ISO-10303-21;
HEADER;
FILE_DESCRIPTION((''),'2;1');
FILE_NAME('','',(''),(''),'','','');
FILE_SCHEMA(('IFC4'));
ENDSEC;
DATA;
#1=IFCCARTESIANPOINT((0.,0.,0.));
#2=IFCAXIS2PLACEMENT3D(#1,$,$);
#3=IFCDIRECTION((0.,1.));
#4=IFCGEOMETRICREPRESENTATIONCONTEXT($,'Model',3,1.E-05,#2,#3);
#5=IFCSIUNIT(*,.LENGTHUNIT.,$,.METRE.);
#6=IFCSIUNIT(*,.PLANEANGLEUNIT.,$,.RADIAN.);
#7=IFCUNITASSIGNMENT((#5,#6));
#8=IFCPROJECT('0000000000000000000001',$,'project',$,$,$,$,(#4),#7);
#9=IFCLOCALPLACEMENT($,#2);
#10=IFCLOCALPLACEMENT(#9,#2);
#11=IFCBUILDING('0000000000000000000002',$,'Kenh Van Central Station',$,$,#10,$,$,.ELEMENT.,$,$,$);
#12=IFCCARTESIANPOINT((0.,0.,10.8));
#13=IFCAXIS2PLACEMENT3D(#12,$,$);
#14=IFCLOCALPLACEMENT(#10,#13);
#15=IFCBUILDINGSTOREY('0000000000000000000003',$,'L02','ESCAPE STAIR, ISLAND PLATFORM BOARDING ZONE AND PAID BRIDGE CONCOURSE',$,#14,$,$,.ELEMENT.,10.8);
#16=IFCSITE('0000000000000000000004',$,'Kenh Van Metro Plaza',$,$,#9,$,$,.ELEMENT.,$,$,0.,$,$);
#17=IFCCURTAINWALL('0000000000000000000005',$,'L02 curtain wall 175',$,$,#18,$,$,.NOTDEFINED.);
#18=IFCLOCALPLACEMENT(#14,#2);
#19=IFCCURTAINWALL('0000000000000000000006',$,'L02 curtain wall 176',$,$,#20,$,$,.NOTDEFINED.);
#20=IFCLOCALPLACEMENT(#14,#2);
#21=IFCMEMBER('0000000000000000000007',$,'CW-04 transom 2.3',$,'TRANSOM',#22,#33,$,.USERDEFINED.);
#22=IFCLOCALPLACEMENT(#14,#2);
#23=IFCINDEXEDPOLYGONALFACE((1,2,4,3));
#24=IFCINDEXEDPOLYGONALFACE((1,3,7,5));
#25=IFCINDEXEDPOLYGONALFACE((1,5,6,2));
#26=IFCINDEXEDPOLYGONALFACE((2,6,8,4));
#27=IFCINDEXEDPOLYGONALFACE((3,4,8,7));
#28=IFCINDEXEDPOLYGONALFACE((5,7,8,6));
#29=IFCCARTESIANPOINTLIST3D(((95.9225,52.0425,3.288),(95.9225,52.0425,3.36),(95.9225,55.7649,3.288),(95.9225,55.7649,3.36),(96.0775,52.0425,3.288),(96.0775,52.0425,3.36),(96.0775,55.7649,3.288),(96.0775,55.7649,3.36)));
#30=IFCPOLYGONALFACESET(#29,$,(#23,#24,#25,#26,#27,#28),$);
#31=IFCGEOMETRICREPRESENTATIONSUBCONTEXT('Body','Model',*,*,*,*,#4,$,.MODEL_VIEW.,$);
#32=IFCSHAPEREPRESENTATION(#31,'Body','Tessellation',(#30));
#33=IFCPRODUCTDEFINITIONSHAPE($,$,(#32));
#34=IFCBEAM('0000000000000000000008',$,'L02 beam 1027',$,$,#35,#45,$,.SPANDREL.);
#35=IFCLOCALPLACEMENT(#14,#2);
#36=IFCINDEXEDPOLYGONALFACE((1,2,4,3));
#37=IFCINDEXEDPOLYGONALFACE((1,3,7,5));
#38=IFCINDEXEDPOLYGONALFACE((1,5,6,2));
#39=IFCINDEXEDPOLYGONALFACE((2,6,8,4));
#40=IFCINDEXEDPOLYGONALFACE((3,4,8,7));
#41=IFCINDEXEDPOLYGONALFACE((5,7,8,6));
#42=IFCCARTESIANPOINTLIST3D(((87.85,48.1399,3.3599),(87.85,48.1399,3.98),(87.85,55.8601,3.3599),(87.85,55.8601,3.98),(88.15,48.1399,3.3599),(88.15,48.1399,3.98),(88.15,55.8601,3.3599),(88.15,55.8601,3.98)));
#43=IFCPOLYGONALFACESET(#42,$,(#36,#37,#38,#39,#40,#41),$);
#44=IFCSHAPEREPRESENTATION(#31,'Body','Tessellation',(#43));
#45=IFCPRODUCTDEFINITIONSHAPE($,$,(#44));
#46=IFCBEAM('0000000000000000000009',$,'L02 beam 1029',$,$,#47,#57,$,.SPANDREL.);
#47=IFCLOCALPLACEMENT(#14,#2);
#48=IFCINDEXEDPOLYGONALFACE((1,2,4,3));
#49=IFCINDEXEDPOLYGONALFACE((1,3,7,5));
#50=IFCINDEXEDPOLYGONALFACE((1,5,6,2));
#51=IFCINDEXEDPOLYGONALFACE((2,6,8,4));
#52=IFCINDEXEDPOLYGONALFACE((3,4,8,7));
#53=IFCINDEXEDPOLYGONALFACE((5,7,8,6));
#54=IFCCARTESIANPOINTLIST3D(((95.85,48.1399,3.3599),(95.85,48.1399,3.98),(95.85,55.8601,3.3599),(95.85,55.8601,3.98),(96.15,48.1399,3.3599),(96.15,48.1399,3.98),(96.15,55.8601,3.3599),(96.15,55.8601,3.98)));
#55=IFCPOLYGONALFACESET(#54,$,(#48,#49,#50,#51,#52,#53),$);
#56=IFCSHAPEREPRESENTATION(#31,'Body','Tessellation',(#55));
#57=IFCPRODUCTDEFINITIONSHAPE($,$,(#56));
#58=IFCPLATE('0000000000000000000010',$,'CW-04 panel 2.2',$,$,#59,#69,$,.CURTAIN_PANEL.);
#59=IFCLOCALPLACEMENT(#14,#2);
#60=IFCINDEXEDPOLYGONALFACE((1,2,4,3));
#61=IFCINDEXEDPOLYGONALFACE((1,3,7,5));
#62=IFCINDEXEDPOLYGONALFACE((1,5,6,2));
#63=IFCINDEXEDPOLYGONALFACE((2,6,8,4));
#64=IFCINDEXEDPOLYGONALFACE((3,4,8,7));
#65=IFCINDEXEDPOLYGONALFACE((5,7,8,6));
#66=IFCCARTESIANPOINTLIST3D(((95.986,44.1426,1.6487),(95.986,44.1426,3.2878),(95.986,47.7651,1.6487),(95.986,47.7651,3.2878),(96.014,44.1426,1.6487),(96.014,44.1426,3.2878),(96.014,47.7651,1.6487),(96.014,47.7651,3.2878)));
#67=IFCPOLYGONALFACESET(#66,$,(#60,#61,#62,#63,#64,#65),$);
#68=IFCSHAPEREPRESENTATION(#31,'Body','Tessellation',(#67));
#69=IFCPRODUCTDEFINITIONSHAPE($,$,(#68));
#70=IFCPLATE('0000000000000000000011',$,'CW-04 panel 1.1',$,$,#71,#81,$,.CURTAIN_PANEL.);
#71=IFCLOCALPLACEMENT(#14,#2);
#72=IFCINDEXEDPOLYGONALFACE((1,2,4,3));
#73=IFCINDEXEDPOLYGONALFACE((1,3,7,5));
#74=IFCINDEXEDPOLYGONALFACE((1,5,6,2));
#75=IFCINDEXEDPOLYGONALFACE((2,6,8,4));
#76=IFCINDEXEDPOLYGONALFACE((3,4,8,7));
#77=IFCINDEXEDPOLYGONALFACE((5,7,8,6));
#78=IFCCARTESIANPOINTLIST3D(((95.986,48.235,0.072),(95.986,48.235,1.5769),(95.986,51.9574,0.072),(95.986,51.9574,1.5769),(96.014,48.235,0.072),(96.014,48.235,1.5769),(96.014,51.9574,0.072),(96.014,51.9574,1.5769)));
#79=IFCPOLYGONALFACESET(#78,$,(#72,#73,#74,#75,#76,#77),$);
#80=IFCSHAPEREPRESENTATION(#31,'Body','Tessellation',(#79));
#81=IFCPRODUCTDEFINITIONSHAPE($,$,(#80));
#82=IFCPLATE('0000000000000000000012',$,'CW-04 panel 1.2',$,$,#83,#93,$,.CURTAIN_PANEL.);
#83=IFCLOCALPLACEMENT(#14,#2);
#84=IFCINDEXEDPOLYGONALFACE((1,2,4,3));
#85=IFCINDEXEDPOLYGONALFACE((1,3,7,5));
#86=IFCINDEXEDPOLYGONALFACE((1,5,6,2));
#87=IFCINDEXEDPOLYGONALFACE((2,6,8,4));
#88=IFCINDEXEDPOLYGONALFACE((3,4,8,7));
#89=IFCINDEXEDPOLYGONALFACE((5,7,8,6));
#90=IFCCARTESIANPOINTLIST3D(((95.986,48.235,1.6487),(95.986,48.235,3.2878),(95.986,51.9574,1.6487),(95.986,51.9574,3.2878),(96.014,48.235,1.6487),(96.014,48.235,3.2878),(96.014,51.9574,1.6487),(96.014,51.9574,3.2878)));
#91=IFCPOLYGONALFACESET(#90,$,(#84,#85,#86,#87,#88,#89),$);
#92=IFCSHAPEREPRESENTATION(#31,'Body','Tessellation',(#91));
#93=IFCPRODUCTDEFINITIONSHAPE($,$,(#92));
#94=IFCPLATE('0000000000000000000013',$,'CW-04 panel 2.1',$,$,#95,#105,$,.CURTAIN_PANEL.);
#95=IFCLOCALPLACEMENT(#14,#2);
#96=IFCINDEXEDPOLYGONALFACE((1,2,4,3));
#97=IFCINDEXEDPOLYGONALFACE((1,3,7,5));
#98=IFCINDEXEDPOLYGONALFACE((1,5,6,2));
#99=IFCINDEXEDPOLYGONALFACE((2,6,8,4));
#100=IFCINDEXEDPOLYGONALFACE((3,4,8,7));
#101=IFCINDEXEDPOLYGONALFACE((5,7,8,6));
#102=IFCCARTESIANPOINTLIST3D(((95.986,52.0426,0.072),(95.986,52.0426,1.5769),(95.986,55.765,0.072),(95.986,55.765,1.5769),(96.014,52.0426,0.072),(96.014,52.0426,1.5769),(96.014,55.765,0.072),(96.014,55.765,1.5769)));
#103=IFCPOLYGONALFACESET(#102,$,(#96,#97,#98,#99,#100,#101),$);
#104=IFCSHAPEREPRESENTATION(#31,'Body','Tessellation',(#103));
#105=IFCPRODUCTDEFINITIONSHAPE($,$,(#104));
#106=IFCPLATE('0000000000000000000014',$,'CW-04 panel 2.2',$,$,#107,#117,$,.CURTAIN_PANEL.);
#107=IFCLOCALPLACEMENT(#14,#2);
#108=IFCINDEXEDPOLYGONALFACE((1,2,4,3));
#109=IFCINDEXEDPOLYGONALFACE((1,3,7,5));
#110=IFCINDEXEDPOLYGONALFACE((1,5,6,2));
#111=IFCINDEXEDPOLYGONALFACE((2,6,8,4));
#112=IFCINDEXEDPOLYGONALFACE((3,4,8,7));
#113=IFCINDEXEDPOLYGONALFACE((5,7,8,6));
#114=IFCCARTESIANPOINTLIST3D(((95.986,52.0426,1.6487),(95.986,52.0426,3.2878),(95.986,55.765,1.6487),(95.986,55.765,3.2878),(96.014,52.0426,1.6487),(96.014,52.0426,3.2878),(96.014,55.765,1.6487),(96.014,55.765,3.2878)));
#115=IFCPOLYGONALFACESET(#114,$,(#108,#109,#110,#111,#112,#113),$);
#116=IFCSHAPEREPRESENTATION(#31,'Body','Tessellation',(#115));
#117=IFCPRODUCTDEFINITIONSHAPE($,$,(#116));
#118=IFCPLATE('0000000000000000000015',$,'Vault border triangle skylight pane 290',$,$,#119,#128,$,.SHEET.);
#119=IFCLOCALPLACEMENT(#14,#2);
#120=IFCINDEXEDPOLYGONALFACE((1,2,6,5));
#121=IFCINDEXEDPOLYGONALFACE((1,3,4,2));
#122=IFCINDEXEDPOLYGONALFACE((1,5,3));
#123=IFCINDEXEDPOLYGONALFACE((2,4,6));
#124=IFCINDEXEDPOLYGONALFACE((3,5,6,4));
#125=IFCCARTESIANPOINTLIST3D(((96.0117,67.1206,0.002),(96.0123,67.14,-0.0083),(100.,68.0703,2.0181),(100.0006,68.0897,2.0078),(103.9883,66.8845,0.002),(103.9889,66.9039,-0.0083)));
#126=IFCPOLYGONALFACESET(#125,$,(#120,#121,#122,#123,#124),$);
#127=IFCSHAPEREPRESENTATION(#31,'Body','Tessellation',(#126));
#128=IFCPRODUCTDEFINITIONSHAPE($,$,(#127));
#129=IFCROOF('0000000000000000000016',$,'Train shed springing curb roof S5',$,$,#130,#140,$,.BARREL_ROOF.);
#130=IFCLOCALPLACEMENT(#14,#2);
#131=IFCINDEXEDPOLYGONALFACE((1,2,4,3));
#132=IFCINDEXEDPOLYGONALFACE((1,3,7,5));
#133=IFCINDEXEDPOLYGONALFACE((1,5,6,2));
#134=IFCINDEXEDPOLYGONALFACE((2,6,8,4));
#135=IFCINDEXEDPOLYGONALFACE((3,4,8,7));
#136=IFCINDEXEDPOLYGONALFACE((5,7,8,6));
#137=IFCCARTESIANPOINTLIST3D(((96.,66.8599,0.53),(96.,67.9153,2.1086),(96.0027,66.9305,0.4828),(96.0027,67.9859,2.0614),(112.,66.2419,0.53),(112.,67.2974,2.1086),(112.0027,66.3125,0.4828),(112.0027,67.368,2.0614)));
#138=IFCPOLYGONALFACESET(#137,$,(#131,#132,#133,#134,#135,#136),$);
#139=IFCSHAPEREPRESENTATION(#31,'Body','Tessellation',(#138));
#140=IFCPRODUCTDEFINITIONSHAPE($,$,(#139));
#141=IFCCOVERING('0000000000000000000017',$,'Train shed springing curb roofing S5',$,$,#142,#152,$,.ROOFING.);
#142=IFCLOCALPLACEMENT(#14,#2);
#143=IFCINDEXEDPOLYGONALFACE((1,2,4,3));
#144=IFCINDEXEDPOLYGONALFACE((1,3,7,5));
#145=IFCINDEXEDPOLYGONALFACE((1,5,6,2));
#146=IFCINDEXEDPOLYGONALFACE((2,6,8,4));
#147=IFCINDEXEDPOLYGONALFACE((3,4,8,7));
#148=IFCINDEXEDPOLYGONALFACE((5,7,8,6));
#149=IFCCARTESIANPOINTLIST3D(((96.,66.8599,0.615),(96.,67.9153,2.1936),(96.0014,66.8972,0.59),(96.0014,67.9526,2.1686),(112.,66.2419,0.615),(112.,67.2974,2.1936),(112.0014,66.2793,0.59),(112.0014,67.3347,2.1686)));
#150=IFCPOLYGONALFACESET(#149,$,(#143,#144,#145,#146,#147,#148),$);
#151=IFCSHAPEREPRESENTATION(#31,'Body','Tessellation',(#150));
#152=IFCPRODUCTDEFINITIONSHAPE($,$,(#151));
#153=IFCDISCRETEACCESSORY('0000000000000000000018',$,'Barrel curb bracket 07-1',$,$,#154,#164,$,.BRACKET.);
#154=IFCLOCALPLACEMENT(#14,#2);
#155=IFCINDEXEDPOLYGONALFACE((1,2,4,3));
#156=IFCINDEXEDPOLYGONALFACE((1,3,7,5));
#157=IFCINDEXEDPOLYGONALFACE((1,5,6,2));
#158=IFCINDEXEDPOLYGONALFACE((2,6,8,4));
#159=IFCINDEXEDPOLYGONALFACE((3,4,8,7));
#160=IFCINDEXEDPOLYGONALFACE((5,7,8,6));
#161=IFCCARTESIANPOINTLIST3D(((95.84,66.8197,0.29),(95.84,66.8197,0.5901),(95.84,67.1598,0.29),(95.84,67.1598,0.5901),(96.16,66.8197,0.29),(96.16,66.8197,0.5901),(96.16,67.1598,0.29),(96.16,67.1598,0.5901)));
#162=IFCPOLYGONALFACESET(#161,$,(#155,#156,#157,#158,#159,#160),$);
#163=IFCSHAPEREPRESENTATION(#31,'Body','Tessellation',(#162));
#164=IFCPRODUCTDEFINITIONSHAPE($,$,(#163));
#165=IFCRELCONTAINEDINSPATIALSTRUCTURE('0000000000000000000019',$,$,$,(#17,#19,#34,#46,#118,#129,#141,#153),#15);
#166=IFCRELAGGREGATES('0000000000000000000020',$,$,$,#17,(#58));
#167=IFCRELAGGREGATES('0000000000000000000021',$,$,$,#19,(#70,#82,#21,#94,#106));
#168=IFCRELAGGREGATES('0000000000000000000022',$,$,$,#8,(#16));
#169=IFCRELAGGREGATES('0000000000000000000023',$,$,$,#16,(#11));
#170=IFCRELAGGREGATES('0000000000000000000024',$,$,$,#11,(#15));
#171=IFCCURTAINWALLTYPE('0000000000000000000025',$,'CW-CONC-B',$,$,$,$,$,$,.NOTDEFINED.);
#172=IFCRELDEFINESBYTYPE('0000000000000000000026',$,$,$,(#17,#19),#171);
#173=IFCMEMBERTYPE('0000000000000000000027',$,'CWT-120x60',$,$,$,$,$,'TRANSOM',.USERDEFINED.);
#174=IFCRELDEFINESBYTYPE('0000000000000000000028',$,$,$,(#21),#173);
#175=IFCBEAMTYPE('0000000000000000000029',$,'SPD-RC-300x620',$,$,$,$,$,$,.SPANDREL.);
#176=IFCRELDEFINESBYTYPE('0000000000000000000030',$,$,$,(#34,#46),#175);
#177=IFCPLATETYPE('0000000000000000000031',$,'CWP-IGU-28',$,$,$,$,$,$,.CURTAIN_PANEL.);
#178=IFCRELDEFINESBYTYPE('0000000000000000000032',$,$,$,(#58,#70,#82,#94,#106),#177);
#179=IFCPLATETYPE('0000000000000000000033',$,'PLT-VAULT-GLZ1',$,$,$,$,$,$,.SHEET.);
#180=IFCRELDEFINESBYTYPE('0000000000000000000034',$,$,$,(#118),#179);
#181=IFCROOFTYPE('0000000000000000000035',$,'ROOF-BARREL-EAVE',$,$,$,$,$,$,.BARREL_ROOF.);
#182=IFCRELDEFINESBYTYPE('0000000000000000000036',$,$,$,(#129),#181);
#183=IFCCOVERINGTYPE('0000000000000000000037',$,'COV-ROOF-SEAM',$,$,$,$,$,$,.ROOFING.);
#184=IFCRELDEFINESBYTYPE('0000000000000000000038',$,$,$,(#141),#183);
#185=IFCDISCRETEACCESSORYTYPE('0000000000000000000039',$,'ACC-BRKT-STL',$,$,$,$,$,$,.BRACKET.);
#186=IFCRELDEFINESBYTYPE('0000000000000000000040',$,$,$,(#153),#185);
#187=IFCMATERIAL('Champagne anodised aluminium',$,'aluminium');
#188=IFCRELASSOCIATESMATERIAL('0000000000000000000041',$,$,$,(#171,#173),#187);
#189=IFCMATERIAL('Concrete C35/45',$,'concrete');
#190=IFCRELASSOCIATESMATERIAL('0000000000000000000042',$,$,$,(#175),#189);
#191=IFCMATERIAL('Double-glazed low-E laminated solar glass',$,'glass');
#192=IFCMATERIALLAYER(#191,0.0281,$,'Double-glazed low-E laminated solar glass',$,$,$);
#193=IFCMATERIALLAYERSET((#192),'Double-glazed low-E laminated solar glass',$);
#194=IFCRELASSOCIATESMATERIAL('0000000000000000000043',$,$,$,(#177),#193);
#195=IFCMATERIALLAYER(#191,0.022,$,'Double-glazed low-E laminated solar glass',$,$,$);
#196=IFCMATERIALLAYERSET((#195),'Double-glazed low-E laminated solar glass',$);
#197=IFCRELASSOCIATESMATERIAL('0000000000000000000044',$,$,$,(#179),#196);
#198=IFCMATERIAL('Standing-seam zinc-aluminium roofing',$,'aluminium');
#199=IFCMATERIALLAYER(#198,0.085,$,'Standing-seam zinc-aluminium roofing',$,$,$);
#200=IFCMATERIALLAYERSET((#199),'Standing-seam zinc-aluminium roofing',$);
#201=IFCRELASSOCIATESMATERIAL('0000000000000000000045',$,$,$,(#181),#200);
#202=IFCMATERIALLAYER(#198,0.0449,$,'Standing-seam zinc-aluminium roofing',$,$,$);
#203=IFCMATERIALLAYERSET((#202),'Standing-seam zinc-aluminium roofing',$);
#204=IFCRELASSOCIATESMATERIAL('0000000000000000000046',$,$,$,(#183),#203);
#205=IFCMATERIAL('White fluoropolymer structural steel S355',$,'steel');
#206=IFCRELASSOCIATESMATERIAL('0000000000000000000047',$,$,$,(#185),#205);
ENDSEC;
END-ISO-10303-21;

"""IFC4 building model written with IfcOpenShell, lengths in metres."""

from ifc_helpers import new_model, si_unit, direction, frame, origin, origin_2d, place, context, subcontext, project, spatial, polyline, rectangle, outline, extrude, material, layer, layer_set, material_profile, profile_set, type_object, element, aggregate, save


model = new_model("IFC4")

# Units and contexts
model_context = context("Model", 3, precision=1e-05, world=origin(), true_north=direction((0.0, 1.0)))
body_context = subcontext(model_context, "Body", "Model", "MODEL_VIEW")
ifc_project = project(units=[si_unit("LENGTHUNIT", "METRE"), si_unit("PLANEANGLEUNIT", "RADIAN")], contexts=[model_context])

# Site, building, storey
site_placement = place(None, origin())
site = spatial("IfcSite", under=ifc_project, at=site_placement, Name="Kenh Van Metro Plaza", CompositionType="ELEMENT", RefElevation=0.0)
building_placement = place(site_placement, origin())
building = spatial("IfcBuilding", under=site, at=building_placement, Name="Kenh Van Central Station", CompositionType="ELEMENT")
storey_placement = place(building_placement, frame((0.0, 0.0, 10.8)))
storey = spatial("IfcBuildingStorey", under=building, at=storey_placement, Name="L02", Description="ESCAPE STAIR, ISLAND PLATFORM BOARDING ZONE AND PAID BRIDGE CONCOURSE", CompositionType="ELEMENT", Elevation=10.8)

# Shared definitions
ifc_material_1 = material(Name="White fluoropolymer structural steel S355", Category="steel")

# Curtain wall
ifc_material_2 = material(Name="Champagne anodised aluminium", Category="aluminium")
curtain_wall_type = type_object("IfcCurtainWallType", Name="CW-CONC-B", PredefinedType="NOTDEFINED", material=ifc_material_2)
curtain_wall_1_placement = place(storey_placement, origin())
curtain_wall_1 = element("IfcCurtainWall", 1, at=curtain_wall_1_placement, inside=storey, type_object=curtain_wall_type, Name="L02 curtain wall 175", PredefinedType="NOTDEFINED")

# Curtain wall, member
curtain_wall_2_placement = place(storey_placement, origin())
curtain_wall_2 = element("IfcCurtainWall", 2, at=curtain_wall_2_placement, inside=storey, type_object=curtain_wall_type, Name="L02 curtain wall 176", PredefinedType="NOTDEFINED")
ifc_material_profile_1 = material_profile(ifc_material_2, rectangle(XDim=0.155, YDim=0.072, at=origin_2d()), Name="AL 155x72")
ifc_profile_set_1 = profile_set([ifc_material_profile_1], Name="Champagne anodised aluminium")
member_type_1 = type_object("IfcMemberType", Name="CWT-120x60", ElementType="TRANSOM", PredefinedType="USERDEFINED", material=ifc_profile_set_1)
member_1_placement = place(storey_placement, frame((96.0, 52.0425, 3.324), z_axis=(0.0, 1.0, 0.0), x_axis=(-1.0, 0.0, 0.0)))
member_1 = element("IfcMember", 3, at=member_1_placement, type_object=member_type_1, Name="CW-04 transom 2.3", ObjectType="TRANSOM", PredefinedType="USERDEFINED", context=body_context, shape_type="SweptSolid", body=[
    extrude(rectangle(XDim=0.155, YDim=0.072, at=origin_2d()), origin(), (0.0, 0.0, 1.0), 3.7224),
])

# Beams
ifc_material_3 = material(Name="Concrete C35/45", Category="concrete")
ifc_material_profile_2 = material_profile(ifc_material_3, rectangle(XDim=0.3, YDim=0.6201, at=origin_2d()), Name="RC 300x620")
ifc_profile_set_2 = profile_set([ifc_material_profile_2], Name="Concrete C35/45")
beam_type_1 = type_object("IfcBeamType", Name="SPD-RC-300x620", PredefinedType="SPANDREL", material=ifc_profile_set_2)
for number, where, z_axis, x_axis, name in (
    (4, (88.0, 48.1399, 3.6699), (0.0, 1.0, 0.0), (-1.0, 0.0, 0.0), "L02 beam 1027"),
    (5, (96.0, 48.1399, 3.6699), (0.0, 1.0, 0.0), (-1.0, 0.0, 0.0), "L02 beam 1029"),
):
    element("IfcBeam", number, at=place(storey_placement, frame(where, z_axis=z_axis, x_axis=x_axis)), inside=storey, type_object=beam_type_1, Name=name, PredefinedType="SPANDREL", context=body_context, shape_type="SweptSolid", body=[
        extrude(rectangle(XDim=0.3, YDim=0.6201, at=origin_2d()), origin(), (0.0, 0.0, 1.0), 7.7202),
    ])

# Plates
ifc_material_4 = material(Name="Double-glazed low-E laminated solar glass", Category="glass")
ifc_layer_1 = layer(ifc_material_4, 0.0281, Name="Double-glazed low-E laminated solar glass")
ifc_layer_set_1 = layer_set([ifc_layer_1], Name="Double-glazed low-E laminated solar glass")
plate_type_1 = type_object("IfcPlateType", Name="CWP-IGU-28", PredefinedType="CURTAIN_PANEL", material=ifc_layer_set_1)
plate_1_placement = place(storey_placement, frame((96.0, 45.9539, 1.6487), z_axis=(0.0, 0.0, 1.0), x_axis=(0.0, 1.0, 0.0)))
plate_1 = element("IfcPlate", 6, at=plate_1_placement, type_object=plate_type_1, Name="CW-04 panel 2.2", PredefinedType="CURTAIN_PANEL", context=body_context, shape_type="SweptSolid", body=[
    extrude(rectangle(XDim=3.6226, YDim=0.0281, at=origin_2d()), origin(), (0.0, 0.0, 1.0), 1.6392),
])
aggregate(curtain_wall_1, [plate_1])
plate_2_placement = place(storey_placement, frame((96.0, 50.0962, 0.072), z_axis=(0.0, 0.0, 1.0), x_axis=(0.0, 1.0, 0.0)))
plate_2 = element("IfcPlate", 7, at=plate_2_placement, type_object=plate_type_1, Name="CW-04 panel 1.1", PredefinedType="CURTAIN_PANEL", context=body_context, shape_type="SweptSolid", body=[
    extrude(rectangle(XDim=3.7224, YDim=0.0281, at=origin_2d()), origin(), (0.0, 0.0, 1.0), 1.5049),
])
plate_3_placement = place(storey_placement, frame((96.0, 50.0962, 1.6487), z_axis=(0.0, 0.0, 1.0), x_axis=(0.0, 1.0, 0.0)))
plate_3 = element("IfcPlate", 8, at=plate_3_placement, type_object=plate_type_1, Name="CW-04 panel 1.2", PredefinedType="CURTAIN_PANEL", context=body_context, shape_type="SweptSolid", body=[
    extrude(rectangle(XDim=3.7224, YDim=0.0281, at=origin_2d()), origin(), (0.0, 0.0, 1.0), 1.6392),
])
plate_4_placement = place(storey_placement, frame((96.0, 53.9038, 0.072), z_axis=(0.0, 0.0, 1.0), x_axis=(0.0, 1.0, 0.0)))
plate_4 = element("IfcPlate", 9, at=plate_4_placement, type_object=plate_type_1, Name="CW-04 panel 2.1", PredefinedType="CURTAIN_PANEL", context=body_context, shape_type="SweptSolid", body=[
    extrude(rectangle(XDim=3.7224, YDim=0.0281, at=origin_2d()), origin(), (0.0, 0.0, 1.0), 1.5049),
])
plate_5_placement = place(storey_placement, frame((96.0, 53.9038, 1.6487), z_axis=(0.0, 0.0, 1.0), x_axis=(0.0, 1.0, 0.0)))
plate_5 = element("IfcPlate", 10, at=plate_5_placement, type_object=plate_type_1, Name="CW-04 panel 2.2", PredefinedType="CURTAIN_PANEL", context=body_context, shape_type="SweptSolid", body=[
    extrude(rectangle(XDim=3.7224, YDim=0.0281, at=origin_2d()), origin(), (0.0, 0.0, 1.0), 1.6392),
])
aggregate(curtain_wall_2, [plate_2, plate_3, member_1, plate_4, plate_5])
ifc_layer_2 = layer(ifc_material_4, 0.022, Name="Double-glazed low-E laminated solar glass")
ifc_layer_set_2 = layer_set([ifc_layer_2], Name="Double-glazed low-E laminated solar glass")
plate_type_2 = type_object("IfcPlateType", Name="PLT-VAULT-GLZ1", PredefinedType="SHEET", material=ifc_layer_set_2)
plate_6_placement = place(storey_placement, frame((96.0117, 67.1206, 0.002), z_axis=(-0.026147, -0.883414, 0.467863), x_axis=(0.999562, -0.029584, 0.0)))
element("IfcPlate", 11, at=plate_6_placement, inside=storey, type_object=plate_type_2, Name="Vault border triangle skylight pane 290", PredefinedType="SHEET", context=body_context, shape_type="SweptSolid", body=[
    extrude(outline(polyline([(0.0, 0.0), (7.9801, 0.0), (3.9584, 2.2812), (0.0, 0.0)])), origin(), (0.0, 0.0, -1.0), 0.022),
])

# Roof
ifc_material_5 = material(Name="Standing-seam zinc-aluminium roofing", Category="aluminium")
ifc_layer_3 = layer(ifc_material_5, 0.085, Name="Standing-seam zinc-aluminium roofing")
ifc_layer_set_3 = layer_set([ifc_layer_3], Name="Standing-seam zinc-aluminium roofing")
roof_type = type_object("IfcRoofType", Name="ROOF-BARREL-EAVE", PredefinedType="BARREL_ROOF", material=ifc_layer_set_3)
roof_placement = place(storey_placement, frame((96.0, 66.8599, 0.53), z_axis=(-0.032089, -0.83089, 0.555511), x_axis=(0.999255, -0.038591, 0.0)))
element("IfcRoof", 12, at=roof_placement, inside=storey, type_object=roof_type, Name="Train shed springing curb roof S5", PredefinedType="BARREL_ROOF", context=body_context, shape_type="SweptSolid", body=[
    extrude(outline(polyline([(0.0, 0.0), (16.0119, 0.0), (15.9712, 1.8985), (-0.0407, 1.8985), (0.0, 0.0)])), origin(), (0.0, 0.0, -1.0), 0.085),
])

# Covering
ifc_layer_4 = layer(ifc_material_5, 0.0449, Name="Standing-seam zinc-aluminium roofing")
ifc_layer_set_4 = layer_set([ifc_layer_4], Name="Standing-seam zinc-aluminium roofing")
covering_type = type_object("IfcCoveringType", Name="COV-ROOF-SEAM", PredefinedType="ROOFING", material=ifc_layer_set_4)
covering_placement = place(storey_placement, frame((96.0, 66.8599, 0.615), z_axis=(-0.032089, -0.83089, 0.555511), x_axis=(0.999255, -0.038591, 0.0)))
element("IfcCovering", 13, at=covering_placement, inside=storey, type_object=covering_type, Name="Train shed springing curb roofing S5", PredefinedType="ROOFING", context=body_context, shape_type="SweptSolid", body=[
    extrude(outline(polyline([(0.0, 0.0), (16.0119, 0.0), (15.9712, 1.8985), (-0.0407, 1.8985), (0.0, 0.0)])), origin(), (0.0, 0.0, -1.0), 0.0449),
])

# Discrete accessory
discrete_accessory_type = type_object("IfcDiscreteAccessoryType", Name="ACC-BRKT-STL", PredefinedType="BRACKET", material=ifc_material_1)
discrete_accessory_placement = place(storey_placement, frame((96.0, 66.9897, 0.29), z_axis=(0.0, 0.0, 1.0), x_axis=(1.0, 0.0, 0.0)))
element("IfcDiscreteAccessory", 14, at=discrete_accessory_placement, inside=storey, type_object=discrete_accessory_type, Name="Barrel curb bracket 07-1", PredefinedType="BRACKET", context=body_context, shape_type="SweptSolid", body=[
    extrude(rectangle(XDim=0.3201, YDim=0.3401, at=origin_2d()), origin(), (0.0, 0.0, 1.0), 0.3),
])

save(model, "model.ifc")
